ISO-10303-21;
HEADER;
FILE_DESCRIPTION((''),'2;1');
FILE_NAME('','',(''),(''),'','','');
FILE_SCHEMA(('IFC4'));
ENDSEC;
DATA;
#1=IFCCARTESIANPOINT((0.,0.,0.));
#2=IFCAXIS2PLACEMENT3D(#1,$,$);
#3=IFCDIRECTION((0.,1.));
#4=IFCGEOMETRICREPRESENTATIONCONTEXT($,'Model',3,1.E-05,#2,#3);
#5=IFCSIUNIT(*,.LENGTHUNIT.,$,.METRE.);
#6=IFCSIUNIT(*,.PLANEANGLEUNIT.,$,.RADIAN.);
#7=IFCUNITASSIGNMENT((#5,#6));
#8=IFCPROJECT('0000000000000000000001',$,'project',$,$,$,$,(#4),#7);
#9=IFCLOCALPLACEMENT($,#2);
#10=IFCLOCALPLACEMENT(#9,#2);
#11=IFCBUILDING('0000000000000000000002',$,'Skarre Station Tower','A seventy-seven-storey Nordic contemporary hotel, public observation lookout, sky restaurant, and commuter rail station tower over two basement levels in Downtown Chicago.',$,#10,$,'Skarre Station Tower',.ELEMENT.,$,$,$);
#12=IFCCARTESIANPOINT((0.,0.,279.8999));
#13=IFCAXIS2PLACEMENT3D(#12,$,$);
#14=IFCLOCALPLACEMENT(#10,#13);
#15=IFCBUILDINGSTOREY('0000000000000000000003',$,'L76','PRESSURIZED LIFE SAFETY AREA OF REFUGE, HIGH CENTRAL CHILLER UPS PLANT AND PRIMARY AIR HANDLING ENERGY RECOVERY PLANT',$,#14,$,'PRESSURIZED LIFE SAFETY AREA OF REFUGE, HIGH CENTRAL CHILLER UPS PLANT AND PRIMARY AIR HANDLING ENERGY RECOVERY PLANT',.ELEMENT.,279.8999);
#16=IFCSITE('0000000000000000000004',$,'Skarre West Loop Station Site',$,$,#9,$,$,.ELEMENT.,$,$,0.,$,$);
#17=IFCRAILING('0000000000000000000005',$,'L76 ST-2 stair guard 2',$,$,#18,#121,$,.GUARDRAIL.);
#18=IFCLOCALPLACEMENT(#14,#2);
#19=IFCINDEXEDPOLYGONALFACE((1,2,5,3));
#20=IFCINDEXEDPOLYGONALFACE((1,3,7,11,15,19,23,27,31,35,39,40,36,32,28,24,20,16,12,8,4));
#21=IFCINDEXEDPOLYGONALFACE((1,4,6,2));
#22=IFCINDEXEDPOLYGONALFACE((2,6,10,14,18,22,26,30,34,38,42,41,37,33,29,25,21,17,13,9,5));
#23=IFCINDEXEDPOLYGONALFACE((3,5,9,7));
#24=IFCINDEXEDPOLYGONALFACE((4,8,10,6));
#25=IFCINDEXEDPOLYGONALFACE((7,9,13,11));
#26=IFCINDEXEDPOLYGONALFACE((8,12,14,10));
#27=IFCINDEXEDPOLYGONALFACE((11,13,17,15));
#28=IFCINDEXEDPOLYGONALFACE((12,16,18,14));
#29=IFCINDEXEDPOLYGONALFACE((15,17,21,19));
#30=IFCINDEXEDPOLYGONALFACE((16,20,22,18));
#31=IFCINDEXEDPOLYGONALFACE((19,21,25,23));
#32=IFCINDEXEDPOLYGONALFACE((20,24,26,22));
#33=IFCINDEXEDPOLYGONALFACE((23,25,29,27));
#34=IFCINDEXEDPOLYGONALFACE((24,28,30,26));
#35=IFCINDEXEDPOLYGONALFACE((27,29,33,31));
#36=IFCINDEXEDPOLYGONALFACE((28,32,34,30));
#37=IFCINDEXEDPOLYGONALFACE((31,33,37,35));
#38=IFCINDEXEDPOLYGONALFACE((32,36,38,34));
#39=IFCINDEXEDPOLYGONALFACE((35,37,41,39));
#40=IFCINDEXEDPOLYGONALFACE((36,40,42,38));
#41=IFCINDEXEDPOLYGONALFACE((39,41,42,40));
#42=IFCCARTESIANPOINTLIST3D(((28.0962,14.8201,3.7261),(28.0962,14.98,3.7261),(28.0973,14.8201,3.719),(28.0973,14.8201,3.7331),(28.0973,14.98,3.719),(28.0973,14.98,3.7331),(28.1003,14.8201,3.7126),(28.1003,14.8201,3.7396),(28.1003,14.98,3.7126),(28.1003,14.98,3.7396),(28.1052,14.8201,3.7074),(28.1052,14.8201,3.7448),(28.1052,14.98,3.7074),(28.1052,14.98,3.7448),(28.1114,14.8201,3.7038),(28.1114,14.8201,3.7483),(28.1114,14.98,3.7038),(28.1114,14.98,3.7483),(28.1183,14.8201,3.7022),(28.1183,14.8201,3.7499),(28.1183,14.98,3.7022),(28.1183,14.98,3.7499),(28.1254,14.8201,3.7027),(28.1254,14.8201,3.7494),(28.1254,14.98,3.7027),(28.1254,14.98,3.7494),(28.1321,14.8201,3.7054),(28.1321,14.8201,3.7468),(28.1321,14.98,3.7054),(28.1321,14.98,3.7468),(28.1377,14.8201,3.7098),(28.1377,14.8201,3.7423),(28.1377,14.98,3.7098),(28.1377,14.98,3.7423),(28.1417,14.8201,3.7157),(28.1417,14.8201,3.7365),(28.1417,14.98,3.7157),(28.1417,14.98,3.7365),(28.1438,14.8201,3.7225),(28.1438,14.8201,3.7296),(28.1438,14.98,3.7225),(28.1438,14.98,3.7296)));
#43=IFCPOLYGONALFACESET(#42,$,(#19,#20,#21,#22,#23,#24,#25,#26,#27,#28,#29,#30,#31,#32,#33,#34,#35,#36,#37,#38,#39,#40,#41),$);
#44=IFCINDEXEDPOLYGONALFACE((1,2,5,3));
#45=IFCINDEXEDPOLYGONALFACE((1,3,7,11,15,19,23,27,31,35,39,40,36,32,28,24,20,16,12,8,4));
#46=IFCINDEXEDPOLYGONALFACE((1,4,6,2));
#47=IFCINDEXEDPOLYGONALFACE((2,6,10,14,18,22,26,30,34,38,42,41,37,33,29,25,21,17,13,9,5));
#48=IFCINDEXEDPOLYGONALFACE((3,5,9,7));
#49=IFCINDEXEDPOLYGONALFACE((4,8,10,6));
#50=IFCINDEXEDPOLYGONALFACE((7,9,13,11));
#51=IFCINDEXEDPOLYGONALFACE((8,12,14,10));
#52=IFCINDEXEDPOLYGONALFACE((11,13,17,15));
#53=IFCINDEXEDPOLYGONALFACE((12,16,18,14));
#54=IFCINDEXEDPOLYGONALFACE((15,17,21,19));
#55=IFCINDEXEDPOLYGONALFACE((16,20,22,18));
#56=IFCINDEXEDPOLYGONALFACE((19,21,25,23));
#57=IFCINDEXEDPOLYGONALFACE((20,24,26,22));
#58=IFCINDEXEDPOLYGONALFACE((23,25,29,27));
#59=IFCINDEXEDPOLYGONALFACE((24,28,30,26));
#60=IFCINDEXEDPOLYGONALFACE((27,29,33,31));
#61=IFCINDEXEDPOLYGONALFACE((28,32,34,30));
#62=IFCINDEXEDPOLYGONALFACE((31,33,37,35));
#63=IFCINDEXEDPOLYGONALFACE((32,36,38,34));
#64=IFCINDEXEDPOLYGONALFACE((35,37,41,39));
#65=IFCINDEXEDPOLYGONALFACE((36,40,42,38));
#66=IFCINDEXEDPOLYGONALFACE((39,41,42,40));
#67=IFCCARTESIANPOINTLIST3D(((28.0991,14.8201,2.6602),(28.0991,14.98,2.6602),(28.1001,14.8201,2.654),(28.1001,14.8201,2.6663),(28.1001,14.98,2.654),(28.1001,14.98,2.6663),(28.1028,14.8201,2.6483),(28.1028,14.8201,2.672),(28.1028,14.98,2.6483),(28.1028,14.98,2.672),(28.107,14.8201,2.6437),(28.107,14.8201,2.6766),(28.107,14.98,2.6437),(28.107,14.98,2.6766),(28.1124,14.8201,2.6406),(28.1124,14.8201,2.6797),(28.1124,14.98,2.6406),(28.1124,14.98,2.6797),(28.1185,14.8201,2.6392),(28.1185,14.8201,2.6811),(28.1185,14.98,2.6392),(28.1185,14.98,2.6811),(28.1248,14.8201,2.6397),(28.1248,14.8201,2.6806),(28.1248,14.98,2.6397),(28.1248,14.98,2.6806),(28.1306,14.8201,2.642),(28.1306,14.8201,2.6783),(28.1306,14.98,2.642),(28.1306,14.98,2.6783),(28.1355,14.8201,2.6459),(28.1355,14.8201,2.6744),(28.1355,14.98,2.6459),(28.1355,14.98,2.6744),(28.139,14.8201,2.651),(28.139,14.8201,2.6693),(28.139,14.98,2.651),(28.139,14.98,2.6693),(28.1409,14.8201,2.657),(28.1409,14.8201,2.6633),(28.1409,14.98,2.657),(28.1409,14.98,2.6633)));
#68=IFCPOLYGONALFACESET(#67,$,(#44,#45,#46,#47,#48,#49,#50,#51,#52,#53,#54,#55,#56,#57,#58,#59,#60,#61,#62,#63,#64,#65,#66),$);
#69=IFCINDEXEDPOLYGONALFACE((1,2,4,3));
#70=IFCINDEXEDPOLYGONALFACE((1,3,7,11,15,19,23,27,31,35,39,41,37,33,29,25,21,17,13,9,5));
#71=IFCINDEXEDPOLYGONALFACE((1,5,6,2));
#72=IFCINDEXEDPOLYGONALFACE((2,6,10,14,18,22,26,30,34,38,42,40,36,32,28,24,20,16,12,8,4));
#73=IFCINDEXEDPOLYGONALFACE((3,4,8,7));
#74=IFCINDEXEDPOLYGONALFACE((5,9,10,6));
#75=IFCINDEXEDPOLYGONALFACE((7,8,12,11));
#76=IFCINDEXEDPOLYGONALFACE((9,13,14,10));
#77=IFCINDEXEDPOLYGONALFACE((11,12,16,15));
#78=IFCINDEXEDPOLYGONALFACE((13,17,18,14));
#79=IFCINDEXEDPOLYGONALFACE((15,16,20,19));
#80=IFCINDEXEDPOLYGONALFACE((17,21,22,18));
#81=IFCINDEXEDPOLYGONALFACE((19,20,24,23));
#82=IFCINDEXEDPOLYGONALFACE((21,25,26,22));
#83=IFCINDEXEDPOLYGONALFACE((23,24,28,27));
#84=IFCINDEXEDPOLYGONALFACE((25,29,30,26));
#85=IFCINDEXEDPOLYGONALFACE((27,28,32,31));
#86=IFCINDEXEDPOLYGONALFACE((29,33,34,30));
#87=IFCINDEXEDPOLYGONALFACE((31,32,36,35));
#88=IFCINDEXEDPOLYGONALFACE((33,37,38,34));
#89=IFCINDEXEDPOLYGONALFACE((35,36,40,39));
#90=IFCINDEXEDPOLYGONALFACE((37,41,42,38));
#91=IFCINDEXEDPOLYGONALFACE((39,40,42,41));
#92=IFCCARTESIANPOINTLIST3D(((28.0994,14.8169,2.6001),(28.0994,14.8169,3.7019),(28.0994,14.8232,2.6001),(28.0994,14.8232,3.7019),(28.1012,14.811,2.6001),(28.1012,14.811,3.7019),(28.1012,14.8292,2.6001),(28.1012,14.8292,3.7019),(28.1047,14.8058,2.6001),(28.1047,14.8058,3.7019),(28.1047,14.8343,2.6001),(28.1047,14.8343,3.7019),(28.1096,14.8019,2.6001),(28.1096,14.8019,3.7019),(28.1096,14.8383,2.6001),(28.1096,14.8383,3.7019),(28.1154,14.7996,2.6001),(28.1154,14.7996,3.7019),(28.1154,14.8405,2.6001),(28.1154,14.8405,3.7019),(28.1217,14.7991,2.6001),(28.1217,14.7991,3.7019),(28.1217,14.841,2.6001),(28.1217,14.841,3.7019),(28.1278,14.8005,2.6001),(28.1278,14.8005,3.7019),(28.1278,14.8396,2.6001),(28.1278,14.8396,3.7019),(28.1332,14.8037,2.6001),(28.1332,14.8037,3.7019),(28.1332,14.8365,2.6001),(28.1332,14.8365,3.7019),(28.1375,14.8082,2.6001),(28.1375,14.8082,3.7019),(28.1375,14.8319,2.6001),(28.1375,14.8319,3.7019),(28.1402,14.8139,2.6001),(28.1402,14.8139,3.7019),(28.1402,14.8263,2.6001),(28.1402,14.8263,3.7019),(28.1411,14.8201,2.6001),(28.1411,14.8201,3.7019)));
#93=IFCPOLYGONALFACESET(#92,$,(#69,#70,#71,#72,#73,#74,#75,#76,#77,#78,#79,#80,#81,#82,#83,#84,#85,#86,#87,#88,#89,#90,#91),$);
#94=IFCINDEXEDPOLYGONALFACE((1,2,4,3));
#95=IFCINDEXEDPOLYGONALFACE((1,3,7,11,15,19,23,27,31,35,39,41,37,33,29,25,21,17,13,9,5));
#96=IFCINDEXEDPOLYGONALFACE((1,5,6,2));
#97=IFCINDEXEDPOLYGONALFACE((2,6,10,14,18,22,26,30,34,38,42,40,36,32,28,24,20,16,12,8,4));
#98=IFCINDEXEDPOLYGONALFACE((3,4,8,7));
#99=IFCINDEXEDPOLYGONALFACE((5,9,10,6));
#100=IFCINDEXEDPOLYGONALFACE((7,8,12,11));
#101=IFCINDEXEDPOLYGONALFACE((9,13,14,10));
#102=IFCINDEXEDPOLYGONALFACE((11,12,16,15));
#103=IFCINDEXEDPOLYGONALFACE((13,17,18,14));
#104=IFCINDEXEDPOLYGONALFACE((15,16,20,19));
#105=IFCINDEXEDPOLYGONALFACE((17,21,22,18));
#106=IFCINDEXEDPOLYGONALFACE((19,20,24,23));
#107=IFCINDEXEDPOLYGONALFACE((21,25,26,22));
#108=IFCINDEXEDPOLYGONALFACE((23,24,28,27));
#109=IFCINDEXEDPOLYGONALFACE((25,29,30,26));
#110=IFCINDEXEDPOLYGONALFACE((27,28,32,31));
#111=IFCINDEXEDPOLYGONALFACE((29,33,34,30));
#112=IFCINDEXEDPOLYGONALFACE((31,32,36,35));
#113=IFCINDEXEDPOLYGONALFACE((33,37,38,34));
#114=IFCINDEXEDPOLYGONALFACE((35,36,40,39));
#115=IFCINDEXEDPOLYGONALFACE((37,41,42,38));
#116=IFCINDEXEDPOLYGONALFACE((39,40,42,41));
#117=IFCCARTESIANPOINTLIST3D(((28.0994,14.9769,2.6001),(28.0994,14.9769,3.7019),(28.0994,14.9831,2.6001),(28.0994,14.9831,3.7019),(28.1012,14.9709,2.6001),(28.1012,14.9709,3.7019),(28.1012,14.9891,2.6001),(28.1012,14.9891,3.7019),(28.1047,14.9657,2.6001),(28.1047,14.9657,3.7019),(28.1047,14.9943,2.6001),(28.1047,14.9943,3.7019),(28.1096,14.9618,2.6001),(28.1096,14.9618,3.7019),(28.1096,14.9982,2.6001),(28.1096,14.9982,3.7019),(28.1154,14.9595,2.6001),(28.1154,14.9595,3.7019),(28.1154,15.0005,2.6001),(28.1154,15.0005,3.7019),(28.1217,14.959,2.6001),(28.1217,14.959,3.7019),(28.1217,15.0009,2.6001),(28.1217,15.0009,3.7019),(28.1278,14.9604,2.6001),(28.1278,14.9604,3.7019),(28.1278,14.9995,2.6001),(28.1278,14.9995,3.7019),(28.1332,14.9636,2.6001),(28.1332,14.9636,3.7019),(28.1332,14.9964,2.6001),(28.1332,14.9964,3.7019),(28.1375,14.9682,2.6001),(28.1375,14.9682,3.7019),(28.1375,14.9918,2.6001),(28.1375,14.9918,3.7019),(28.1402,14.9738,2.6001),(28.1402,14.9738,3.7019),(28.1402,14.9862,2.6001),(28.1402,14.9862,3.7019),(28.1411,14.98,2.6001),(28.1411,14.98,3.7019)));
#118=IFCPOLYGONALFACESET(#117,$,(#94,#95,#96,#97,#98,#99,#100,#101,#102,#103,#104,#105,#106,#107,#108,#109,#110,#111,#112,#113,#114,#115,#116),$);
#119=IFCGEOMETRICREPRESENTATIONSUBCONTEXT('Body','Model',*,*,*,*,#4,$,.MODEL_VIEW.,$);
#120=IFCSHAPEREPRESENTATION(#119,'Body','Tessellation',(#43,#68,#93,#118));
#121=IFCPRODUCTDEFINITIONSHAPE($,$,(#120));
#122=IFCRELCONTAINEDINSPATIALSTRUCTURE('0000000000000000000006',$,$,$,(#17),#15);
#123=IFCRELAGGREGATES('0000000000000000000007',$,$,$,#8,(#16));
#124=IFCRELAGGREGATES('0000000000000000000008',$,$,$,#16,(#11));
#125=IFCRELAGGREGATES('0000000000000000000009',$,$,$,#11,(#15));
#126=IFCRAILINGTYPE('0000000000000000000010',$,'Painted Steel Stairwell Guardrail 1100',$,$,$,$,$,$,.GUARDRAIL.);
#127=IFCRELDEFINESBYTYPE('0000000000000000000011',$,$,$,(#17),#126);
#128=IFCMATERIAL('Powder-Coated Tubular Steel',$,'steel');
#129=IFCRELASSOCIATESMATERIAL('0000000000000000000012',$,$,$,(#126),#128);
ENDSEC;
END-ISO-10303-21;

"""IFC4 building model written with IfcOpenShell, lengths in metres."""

from ifc_helpers import new_model, si_unit, direction, frame, origin, origin_2d, place, context, subcontext, project, spatial, circle, extrude, material, type_object, element, save


model = new_model("IFC4")

# Units and contexts
model_context = context("Model", 3, precision=1e-05, world=origin(), true_north=direction((0.0, 1.0)))
body_context = subcontext(model_context, "Body", "Model", "MODEL_VIEW")
ifc_project = project(units=[si_unit("LENGTHUNIT", "METRE"), si_unit("PLANEANGLEUNIT", "RADIAN")], contexts=[model_context])

# Site, building, storey
site_placement = place(None, origin())
site = spatial("IfcSite", under=ifc_project, at=site_placement, Name="Skarre West Loop Station Site", CompositionType="ELEMENT", RefElevation=0.0)
building_placement = place(site_placement, origin())
building = spatial("IfcBuilding", under=site, at=building_placement, Name="Skarre Station Tower", Description="A seventy-seven-storey Nordic contemporary hotel, public observation lookout, sky restaurant, and commuter rail station tower over two basement levels in Downtown Chicago.", LongName="Skarre Station Tower", CompositionType="ELEMENT")
storey_placement = place(building_placement, frame((0.0, 0.0, 279.8999)))
storey = spatial("IfcBuildingStorey", under=building, at=storey_placement, Name="L76", Description="PRESSURIZED LIFE SAFETY AREA OF REFUGE, HIGH CENTRAL CHILLER UPS PLANT AND PRIMARY AIR HANDLING ENERGY RECOVERY PLANT", LongName="PRESSURIZED LIFE SAFETY AREA OF REFUGE, HIGH CENTRAL CHILLER UPS PLANT AND PRIMARY AIR HANDLING ENERGY RECOVERY PLANT", CompositionType="ELEMENT", Elevation=279.8999)

# Railing
ifc_material_1 = material(Name="Powder-Coated Tubular Steel", Category="steel")
railing_type_1 = type_object("IfcRailingType", Name="Painted Steel Stairwell Guardrail 1100", PredefinedType="GUARDRAIL", material=ifc_material_1)
railing_1_placement = place(storey_placement, frame((28.1201, 14.8201, 2.6001)))
element("IfcRailing", 1, at=railing_1_placement, inside=storey, type_object=railing_type_1, Name="L76 ST-2 stair guard 2", PredefinedType="GUARDRAIL", context=body_context, shape_type="SweptSolid", body=[
    extrude(circle(Radius=0.0239, at=origin_2d()), frame((0.0, 0.0, 1.126), z_axis=(0.0, 1.0, 0.0), x_axis=(-1.0, 0.0, 0.0)), (0.0, 0.0, 1.0), 0.1599),
    extrude(circle(Radius=0.021, at=origin_2d()), frame((0.0, 0.0, 0.0601), z_axis=(0.0, 1.0, 0.0), x_axis=(-1.0, 0.0, 0.0)), (0.0, 0.0, 1.0), 0.1599),
    extrude(circle(Radius=0.021, at=origin_2d()), origin(), (0.0, 0.0, 1.0), 1.1018),
    extrude(circle(Radius=0.021, at=origin_2d()), frame((0.0, 0.1599, 0.0)), (0.0, 0.0, 1.0), 1.1018),
])

save(model, "model.ifc")
